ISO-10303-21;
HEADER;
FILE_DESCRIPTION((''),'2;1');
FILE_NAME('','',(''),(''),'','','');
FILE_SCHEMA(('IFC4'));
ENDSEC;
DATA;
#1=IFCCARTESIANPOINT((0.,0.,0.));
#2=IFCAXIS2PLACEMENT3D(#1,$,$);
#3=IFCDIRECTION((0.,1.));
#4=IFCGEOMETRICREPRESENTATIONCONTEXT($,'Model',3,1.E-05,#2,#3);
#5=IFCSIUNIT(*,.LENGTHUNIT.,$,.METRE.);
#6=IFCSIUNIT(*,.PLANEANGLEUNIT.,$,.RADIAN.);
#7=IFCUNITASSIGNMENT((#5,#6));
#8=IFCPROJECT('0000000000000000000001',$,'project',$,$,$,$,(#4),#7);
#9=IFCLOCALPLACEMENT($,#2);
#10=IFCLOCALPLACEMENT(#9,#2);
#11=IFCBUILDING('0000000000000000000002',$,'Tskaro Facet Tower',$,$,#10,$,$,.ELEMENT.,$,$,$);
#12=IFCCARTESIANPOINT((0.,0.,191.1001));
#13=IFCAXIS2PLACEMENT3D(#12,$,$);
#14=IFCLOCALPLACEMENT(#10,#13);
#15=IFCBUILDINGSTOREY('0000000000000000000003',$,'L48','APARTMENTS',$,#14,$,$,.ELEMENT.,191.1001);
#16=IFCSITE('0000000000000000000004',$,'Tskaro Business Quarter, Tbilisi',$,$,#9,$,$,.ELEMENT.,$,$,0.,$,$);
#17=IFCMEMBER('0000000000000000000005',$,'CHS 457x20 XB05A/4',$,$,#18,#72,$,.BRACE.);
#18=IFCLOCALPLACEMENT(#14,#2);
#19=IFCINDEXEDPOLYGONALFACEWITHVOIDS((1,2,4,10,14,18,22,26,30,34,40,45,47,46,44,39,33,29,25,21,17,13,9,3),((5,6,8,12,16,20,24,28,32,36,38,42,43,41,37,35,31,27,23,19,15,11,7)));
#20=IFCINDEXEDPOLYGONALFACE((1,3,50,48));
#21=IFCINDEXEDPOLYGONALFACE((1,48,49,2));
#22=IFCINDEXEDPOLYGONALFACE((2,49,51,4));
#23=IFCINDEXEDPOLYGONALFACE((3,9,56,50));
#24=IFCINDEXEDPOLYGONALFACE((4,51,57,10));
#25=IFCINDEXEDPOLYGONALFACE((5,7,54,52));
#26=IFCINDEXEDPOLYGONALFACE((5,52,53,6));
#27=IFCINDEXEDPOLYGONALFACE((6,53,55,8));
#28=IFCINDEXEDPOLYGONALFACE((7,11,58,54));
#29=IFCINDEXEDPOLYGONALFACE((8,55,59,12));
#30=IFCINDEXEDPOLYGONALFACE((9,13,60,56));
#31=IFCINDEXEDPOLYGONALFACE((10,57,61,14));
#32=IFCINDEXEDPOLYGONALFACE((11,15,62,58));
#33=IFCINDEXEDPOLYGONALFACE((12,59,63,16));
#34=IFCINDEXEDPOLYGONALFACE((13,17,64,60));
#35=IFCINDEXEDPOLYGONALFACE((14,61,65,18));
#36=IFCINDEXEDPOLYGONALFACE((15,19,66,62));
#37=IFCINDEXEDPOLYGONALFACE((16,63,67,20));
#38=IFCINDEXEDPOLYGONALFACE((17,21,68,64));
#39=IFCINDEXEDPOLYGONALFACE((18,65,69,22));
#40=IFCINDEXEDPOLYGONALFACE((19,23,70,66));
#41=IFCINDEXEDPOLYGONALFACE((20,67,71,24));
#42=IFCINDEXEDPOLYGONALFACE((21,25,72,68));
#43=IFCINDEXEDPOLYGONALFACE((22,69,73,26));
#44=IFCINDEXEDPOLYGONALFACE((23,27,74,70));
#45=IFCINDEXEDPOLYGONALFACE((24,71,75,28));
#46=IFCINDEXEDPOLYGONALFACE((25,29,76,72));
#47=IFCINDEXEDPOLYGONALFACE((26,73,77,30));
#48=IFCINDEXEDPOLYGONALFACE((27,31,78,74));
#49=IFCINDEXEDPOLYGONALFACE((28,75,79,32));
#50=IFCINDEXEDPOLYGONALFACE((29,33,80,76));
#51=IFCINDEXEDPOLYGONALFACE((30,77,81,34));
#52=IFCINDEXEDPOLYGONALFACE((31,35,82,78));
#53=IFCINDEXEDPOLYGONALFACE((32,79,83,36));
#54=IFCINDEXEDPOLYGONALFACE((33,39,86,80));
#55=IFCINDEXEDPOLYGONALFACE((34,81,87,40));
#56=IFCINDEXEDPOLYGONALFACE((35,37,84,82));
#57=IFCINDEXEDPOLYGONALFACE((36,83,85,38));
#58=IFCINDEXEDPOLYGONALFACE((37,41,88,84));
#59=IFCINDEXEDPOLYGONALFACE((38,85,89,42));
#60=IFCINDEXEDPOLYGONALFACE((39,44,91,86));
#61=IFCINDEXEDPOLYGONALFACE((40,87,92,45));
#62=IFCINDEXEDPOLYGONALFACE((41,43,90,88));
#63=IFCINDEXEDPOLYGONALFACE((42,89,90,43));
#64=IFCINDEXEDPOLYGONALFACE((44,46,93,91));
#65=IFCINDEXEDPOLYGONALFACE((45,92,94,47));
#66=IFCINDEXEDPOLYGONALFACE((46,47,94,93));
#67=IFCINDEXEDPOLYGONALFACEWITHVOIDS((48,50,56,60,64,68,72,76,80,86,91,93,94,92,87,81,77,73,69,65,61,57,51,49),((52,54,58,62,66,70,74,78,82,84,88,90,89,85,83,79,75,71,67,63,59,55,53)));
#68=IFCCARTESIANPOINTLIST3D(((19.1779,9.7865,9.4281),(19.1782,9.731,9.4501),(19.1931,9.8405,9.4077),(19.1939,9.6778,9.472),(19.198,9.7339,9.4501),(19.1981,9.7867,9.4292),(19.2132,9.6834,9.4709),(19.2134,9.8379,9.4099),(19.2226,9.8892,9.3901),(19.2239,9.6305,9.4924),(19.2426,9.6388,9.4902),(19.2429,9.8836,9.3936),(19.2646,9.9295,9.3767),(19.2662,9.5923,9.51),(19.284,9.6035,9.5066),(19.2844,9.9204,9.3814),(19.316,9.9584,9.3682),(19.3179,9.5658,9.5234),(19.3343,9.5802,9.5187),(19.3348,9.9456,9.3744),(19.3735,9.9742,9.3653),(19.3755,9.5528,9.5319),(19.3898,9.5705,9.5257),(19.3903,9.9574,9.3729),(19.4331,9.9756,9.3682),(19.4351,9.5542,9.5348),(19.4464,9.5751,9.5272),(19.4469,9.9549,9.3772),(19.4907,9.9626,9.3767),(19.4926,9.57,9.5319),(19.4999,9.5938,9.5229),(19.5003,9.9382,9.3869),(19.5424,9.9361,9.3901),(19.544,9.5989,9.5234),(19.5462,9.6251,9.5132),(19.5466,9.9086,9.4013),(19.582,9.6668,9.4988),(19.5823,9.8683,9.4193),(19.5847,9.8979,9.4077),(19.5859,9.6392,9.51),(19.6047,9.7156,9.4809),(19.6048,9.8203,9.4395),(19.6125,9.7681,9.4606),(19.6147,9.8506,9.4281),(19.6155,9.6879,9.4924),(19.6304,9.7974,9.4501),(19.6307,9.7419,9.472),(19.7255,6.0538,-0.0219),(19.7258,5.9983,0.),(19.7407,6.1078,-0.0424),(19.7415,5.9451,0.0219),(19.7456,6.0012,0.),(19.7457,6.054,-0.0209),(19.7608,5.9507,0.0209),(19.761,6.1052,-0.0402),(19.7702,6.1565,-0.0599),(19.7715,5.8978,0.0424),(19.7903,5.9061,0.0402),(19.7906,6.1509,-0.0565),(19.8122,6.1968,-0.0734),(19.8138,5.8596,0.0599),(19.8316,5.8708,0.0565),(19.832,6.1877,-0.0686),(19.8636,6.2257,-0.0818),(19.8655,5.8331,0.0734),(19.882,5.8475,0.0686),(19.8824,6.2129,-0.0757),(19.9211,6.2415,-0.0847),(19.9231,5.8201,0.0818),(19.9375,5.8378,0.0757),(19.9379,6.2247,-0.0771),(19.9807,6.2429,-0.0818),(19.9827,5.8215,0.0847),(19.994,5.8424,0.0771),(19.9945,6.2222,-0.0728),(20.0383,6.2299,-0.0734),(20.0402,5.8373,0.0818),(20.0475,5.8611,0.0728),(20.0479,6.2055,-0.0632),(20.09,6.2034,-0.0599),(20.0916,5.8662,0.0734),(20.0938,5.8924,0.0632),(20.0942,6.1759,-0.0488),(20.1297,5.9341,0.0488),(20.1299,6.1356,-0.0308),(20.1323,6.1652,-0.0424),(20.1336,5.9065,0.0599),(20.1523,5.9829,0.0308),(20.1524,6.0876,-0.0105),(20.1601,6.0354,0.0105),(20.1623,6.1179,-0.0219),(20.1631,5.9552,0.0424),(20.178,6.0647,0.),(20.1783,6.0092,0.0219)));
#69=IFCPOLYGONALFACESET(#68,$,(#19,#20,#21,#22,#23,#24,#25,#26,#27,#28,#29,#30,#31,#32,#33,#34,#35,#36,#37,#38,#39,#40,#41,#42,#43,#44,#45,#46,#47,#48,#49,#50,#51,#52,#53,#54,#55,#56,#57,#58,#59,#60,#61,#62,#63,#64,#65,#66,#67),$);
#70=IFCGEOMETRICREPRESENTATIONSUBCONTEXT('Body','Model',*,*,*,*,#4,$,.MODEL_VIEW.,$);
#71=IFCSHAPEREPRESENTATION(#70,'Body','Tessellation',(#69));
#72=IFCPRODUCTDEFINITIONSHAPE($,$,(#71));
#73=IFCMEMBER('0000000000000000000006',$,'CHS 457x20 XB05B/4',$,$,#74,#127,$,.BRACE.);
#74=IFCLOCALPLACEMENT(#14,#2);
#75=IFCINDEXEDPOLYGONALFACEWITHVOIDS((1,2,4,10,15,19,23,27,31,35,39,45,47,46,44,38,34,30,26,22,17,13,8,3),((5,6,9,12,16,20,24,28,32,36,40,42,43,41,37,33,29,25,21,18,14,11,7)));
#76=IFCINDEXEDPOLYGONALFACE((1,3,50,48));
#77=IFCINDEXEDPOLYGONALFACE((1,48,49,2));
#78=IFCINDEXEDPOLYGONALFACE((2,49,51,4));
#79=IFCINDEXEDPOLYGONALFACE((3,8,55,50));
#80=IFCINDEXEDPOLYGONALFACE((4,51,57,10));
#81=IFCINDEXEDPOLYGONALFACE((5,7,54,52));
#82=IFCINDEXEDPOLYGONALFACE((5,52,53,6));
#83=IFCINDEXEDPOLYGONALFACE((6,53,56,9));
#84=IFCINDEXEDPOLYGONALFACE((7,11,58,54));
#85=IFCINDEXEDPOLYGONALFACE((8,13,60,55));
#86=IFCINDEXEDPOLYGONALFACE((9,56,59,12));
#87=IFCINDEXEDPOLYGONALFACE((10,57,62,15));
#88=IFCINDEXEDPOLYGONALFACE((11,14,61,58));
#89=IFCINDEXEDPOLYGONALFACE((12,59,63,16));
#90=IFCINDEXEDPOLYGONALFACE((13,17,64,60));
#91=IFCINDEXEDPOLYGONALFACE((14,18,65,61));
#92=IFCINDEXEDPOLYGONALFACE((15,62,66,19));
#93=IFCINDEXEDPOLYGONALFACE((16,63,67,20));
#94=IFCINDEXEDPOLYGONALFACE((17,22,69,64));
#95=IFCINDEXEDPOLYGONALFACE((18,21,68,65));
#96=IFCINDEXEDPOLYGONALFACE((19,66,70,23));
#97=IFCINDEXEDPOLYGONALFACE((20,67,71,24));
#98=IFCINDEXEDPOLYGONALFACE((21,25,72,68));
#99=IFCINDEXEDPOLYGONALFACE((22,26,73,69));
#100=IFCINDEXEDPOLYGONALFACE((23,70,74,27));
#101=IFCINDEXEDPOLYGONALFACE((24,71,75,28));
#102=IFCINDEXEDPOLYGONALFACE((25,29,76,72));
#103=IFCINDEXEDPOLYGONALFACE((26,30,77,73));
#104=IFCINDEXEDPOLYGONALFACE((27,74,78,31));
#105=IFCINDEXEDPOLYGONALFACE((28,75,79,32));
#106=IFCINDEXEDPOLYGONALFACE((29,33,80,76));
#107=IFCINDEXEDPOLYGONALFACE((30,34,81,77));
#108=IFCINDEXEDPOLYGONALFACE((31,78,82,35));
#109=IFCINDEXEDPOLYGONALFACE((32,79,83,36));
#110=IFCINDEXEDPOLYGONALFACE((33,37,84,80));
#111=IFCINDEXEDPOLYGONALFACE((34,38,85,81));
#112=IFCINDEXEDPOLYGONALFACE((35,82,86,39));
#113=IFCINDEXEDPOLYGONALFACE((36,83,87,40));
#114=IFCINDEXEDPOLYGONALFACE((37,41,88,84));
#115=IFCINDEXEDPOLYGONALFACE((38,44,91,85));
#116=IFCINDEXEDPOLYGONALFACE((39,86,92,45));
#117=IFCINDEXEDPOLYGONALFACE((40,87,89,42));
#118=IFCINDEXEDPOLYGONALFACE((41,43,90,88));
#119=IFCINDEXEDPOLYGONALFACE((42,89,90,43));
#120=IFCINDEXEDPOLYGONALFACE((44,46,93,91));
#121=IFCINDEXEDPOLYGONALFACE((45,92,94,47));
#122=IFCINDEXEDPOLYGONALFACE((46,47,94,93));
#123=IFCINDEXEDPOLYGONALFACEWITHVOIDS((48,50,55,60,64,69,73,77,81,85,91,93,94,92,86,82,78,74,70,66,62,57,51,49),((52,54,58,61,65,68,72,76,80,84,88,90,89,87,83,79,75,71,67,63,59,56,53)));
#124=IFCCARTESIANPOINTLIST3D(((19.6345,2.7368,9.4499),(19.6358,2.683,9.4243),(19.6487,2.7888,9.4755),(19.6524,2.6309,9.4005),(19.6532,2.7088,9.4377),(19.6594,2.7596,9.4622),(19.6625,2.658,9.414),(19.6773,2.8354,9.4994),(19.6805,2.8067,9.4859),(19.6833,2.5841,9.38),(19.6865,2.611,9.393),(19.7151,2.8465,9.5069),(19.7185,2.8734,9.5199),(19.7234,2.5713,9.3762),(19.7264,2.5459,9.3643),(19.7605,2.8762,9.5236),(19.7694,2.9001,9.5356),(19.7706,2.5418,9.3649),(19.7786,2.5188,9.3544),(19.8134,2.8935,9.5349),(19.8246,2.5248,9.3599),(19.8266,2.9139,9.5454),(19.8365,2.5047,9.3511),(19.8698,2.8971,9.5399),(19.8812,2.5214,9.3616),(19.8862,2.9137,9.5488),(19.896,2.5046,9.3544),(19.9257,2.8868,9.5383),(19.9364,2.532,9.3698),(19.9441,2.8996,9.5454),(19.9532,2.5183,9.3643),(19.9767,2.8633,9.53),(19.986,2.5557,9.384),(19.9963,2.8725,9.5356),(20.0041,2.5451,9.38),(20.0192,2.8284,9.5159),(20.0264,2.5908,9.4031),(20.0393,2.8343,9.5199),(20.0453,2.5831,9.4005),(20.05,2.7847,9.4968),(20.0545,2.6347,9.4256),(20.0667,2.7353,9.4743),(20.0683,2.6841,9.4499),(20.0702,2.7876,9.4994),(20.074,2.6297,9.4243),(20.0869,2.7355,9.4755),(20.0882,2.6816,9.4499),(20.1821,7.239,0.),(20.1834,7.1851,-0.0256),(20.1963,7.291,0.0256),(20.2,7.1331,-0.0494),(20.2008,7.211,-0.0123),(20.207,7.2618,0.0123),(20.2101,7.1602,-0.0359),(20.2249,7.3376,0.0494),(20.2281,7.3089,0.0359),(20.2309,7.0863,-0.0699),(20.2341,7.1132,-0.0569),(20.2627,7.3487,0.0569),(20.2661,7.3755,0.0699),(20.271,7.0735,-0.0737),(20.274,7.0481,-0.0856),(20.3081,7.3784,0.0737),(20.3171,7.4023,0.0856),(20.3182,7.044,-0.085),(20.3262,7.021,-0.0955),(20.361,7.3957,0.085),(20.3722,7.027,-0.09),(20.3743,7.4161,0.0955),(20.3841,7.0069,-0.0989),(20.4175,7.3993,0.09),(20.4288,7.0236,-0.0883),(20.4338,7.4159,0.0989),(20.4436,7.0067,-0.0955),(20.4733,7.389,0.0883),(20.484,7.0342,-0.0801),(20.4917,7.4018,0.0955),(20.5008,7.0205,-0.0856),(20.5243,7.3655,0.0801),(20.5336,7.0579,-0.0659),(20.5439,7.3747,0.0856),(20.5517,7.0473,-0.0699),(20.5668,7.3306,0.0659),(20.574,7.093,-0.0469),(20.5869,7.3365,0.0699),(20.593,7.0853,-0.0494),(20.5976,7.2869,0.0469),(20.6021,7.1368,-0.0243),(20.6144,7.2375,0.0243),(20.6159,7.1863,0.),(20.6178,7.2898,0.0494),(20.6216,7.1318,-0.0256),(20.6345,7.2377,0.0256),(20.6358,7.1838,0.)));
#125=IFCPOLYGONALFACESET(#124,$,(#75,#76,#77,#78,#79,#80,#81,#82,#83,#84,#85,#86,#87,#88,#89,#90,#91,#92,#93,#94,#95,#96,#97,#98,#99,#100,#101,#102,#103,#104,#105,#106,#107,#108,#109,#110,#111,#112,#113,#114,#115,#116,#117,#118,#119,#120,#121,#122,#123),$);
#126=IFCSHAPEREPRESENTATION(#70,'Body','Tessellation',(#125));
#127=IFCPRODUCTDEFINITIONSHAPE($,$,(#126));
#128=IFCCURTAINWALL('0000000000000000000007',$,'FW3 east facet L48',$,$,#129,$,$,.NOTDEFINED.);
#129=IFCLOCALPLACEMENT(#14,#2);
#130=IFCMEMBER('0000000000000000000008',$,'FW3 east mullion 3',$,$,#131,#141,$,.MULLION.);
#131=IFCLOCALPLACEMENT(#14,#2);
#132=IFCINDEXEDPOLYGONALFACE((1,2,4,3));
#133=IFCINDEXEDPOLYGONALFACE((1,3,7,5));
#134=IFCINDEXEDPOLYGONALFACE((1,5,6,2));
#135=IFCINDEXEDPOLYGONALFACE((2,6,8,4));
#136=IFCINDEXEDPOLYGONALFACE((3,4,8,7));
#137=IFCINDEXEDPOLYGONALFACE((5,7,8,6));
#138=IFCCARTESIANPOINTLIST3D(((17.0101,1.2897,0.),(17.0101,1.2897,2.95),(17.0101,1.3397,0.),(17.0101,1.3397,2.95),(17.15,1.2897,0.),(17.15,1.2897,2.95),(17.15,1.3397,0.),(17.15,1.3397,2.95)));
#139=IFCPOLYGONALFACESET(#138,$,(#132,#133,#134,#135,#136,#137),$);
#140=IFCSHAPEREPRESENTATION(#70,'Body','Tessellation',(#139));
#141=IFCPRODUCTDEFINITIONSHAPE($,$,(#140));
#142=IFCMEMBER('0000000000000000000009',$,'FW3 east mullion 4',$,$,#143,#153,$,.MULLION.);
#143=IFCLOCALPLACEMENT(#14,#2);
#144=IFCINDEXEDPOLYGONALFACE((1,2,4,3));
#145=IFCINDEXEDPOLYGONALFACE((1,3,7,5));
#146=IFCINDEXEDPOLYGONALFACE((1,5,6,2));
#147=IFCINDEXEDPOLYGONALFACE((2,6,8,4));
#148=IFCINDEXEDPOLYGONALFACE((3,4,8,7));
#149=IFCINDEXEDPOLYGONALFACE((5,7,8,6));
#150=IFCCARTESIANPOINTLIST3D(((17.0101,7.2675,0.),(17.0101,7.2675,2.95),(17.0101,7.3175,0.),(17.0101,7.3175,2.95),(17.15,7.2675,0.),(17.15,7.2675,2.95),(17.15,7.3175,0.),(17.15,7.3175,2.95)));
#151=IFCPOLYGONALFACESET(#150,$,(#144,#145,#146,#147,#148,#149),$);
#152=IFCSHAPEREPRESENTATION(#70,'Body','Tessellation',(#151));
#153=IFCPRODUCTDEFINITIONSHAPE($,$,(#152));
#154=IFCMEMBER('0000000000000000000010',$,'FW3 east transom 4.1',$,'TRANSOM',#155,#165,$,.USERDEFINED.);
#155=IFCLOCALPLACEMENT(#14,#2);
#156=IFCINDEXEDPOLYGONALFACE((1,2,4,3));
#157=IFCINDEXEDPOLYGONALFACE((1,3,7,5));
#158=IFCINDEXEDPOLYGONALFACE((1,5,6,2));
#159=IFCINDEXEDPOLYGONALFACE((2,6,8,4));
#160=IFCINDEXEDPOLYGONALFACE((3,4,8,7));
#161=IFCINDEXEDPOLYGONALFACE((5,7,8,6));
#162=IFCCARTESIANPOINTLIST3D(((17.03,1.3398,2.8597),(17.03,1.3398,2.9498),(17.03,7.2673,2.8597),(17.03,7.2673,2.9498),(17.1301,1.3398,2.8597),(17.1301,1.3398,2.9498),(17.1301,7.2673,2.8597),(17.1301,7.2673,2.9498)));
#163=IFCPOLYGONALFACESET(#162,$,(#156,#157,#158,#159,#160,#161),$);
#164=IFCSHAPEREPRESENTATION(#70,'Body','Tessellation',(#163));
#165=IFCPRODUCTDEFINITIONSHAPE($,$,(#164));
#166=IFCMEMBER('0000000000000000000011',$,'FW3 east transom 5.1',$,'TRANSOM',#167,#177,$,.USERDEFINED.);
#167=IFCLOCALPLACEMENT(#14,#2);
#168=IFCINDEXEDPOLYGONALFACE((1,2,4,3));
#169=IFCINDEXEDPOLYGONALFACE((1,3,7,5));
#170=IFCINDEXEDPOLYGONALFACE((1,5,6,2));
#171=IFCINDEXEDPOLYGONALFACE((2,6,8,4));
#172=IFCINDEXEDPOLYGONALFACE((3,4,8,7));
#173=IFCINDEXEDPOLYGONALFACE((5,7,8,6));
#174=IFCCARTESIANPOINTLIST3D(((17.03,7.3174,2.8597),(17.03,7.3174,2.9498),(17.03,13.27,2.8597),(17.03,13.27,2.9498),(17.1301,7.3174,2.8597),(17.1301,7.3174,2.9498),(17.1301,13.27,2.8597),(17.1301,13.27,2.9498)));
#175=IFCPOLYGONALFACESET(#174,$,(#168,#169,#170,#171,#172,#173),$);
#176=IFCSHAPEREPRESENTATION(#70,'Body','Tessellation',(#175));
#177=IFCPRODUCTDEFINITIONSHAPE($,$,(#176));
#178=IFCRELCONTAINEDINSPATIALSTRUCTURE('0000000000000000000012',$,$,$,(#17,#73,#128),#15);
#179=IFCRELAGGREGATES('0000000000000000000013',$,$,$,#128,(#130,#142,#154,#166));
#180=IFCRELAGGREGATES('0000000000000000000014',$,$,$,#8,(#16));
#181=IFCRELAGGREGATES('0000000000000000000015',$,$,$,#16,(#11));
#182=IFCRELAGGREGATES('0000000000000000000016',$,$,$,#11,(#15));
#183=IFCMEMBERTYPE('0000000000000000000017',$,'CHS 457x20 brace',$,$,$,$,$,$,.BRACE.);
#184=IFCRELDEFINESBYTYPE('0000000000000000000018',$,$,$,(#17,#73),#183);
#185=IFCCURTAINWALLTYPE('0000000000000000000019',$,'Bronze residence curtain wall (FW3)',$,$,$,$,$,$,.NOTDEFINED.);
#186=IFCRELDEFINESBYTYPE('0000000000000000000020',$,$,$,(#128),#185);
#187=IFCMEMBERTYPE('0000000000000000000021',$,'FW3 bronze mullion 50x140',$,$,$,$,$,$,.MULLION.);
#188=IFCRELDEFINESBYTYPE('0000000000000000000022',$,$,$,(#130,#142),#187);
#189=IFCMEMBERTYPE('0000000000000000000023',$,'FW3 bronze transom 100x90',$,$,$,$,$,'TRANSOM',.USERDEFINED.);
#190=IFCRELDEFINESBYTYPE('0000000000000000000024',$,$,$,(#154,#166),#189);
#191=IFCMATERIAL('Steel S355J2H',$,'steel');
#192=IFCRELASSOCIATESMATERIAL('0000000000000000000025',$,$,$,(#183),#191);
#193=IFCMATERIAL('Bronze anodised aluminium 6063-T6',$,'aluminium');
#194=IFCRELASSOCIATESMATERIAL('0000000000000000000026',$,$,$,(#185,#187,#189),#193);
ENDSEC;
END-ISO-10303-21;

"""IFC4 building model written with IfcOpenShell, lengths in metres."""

from ifc_helpers import new_model, si_unit, direction, frame, origin, origin_2d, place, context, subcontext, project, spatial, rectangle, hollow_circle, extrude, material, material_profile, profile_set, type_object, element, aggregate, save


model = new_model("IFC4")

# Units and contexts
model_context = context("Model", 3, precision=1e-05, world=origin(), true_north=direction((0.0, 1.0)))
body_context = subcontext(model_context, "Body", "Model", "MODEL_VIEW")
ifc_project = project(units=[si_unit("LENGTHUNIT", "METRE"), si_unit("PLANEANGLEUNIT", "RADIAN")], contexts=[model_context])

# Site, building, storey
site_placement = place(None, origin())
site = spatial("IfcSite", under=ifc_project, at=site_placement, Name="Tskaro Business Quarter, Tbilisi", CompositionType="ELEMENT", RefElevation=0.0)
building_placement = place(site_placement, origin())
building = spatial("IfcBuilding", under=site, at=building_placement, Name="Tskaro Facet Tower", CompositionType="ELEMENT")
storey_placement = place(building_placement, frame((0.0, 0.0, 191.1001)))
storey = spatial("IfcBuildingStorey", under=building, at=storey_placement, Name="L48", Description="APARTMENTS", CompositionType="ELEMENT", Elevation=191.1001)

# Shared definitions
ifc_material_1 = material(Name="Steel S355J2H", Category="steel")

# Members
ifc_material_profile_1 = material_profile(ifc_material_1, hollow_circle(Radius=0.2285, WallThickness=0.02, at=origin_2d()), Name="CHS 457x20")
ifc_profile_set_1 = profile_set([ifc_material_profile_1], Name="Steel S355J2H")
member_type_1 = type_object("IfcMemberType", Name="CHS 457x20 brace", PredefinedType="BRACE", material=ifc_profile_set_1)
member_1_placement = place(storey_placement, frame((19.9519, 6.0315, 0.0), z_axis=(-0.053818, 0.36684, 0.928726), x_axis=(-0.989409, -0.145153, 0.0)))
element("IfcMember", 1, at=member_1_placement, inside=storey, type_object=member_type_1, Name="CHS 457x20 XB05A/4", PredefinedType="BRACE", context=body_context, shape_type="SweptSolid", body=[
    extrude(hollow_circle(Radius=0.2285, WallThickness=0.02, at=origin_2d()), origin(), (0.0, 0.0, 1.0), 10.1753),
])
member_2_placement = place(storey_placement, frame((20.4089, 7.2114, 0.0), z_axis=(-0.052243, -0.429519, 0.901545), x_axis=(0.992684, -0.120741, 0.0)))
element("IfcMember", 2, at=member_2_placement, inside=storey, type_object=member_type_1, Name="CHS 457x20 XB05B/4", PredefinedType="BRACE", context=body_context, shape_type="SweptSolid", body=[
    extrude(hollow_circle(Radius=0.2285, WallThickness=0.02, at=origin_2d()), origin(), (0.0, 0.0, 1.0), 10.4819),
])

# Curtain wall, members
ifc_material_2 = material(Name="Bronze anodised aluminium 6063-T6", Category="aluminium")
curtain_wall_type = type_object("IfcCurtainWallType", Name="Bronze residence curtain wall (FW3)", PredefinedType="NOTDEFINED", material=ifc_material_2)
curtain_wall_placement = place(storey_placement, origin())
curtain_wall = element("IfcCurtainWall", 3, at=curtain_wall_placement, inside=storey, type_object=curtain_wall_type, Name="FW3 east facet L48", PredefinedType="NOTDEFINED")
ifc_material_profile_2 = material_profile(ifc_material_2, rectangle(XDim=0.05, YDim=0.1399, at=origin_2d()), Name="Mullion 50x140")
ifc_profile_set_2 = profile_set([ifc_material_profile_2], Name="Bronze anodised aluminium 6063-T6")
member_type_2 = type_object("IfcMemberType", Name="FW3 bronze mullion 50x140", PredefinedType="MULLION", material=ifc_profile_set_2)
member_3_placement = place(storey_placement, frame((17.0801, 1.3147, 0.0), z_axis=(0.0, 0.0, 1.0), x_axis=(0.0, 1.0, 0.0)))
member_3 = element("IfcMember", 4, at=member_3_placement, type_object=member_type_2, Name="FW3 east mullion 3", PredefinedType="MULLION", context=body_context, shape_type="SweptSolid", body=[
    extrude(rectangle(XDim=0.05, YDim=0.1399, at=origin_2d()), origin(), (0.0, 0.0, 1.0), 2.95),
])
member_4_placement = place(storey_placement, frame((17.0801, 7.2925, 0.0), z_axis=(0.0, 0.0, 1.0), x_axis=(0.0, 1.0, 0.0)))
member_4 = element("IfcMember", 5, at=member_4_placement, type_object=member_type_2, Name="FW3 east mullion 4", PredefinedType="MULLION", context=body_context, shape_type="SweptSolid", body=[
    extrude(rectangle(XDim=0.05, YDim=0.1399, at=origin_2d()), origin(), (0.0, 0.0, 1.0), 2.95),
])
ifc_material_profile_3 = material_profile(ifc_material_2, rectangle(XDim=0.1001, YDim=0.0901, at=origin_2d()), Name="Transom 100x90")
ifc_profile_set_3 = profile_set([ifc_material_profile_3], Name="Bronze anodised aluminium 6063-T6")
member_type_3 = type_object("IfcMemberType", Name="FW3 bronze transom 100x90", ElementType="TRANSOM", PredefinedType="USERDEFINED", material=ifc_profile_set_3)
member_5_placement = place(storey_placement, frame((17.0801, 1.3398, 2.9048), z_axis=(0.0, 1.0, 0.0), x_axis=(-1.0, 0.0, 0.0)))
member_5 = element("IfcMember", 6, at=member_5_placement, type_object=member_type_3, Name="FW3 east transom 4.1", ObjectType="TRANSOM", PredefinedType="USERDEFINED", context=body_context, shape_type="SweptSolid", body=[
    extrude(rectangle(XDim=0.1001, YDim=0.0901, at=origin_2d()), origin(), (0.0, 0.0, 1.0), 5.9275),
])
member_6_placement = place(storey_placement, frame((17.0801, 7.3174, 2.9048), z_axis=(0.0, 1.0, 0.0), x_axis=(-1.0, 0.0, 0.0)))
member_6 = element("IfcMember", 7, at=member_6_placement, type_object=member_type_3, Name="FW3 east transom 5.1", ObjectType="TRANSOM", PredefinedType="USERDEFINED", context=body_context, shape_type="SweptSolid", body=[
    extrude(rectangle(XDim=0.1001, YDim=0.0901, at=origin_2d()), origin(), (0.0, 0.0, 1.0), 5.9526),
])

aggregate(curtain_wall, [member_3, member_4, member_5, member_6])

save(model, "model.ifc")
